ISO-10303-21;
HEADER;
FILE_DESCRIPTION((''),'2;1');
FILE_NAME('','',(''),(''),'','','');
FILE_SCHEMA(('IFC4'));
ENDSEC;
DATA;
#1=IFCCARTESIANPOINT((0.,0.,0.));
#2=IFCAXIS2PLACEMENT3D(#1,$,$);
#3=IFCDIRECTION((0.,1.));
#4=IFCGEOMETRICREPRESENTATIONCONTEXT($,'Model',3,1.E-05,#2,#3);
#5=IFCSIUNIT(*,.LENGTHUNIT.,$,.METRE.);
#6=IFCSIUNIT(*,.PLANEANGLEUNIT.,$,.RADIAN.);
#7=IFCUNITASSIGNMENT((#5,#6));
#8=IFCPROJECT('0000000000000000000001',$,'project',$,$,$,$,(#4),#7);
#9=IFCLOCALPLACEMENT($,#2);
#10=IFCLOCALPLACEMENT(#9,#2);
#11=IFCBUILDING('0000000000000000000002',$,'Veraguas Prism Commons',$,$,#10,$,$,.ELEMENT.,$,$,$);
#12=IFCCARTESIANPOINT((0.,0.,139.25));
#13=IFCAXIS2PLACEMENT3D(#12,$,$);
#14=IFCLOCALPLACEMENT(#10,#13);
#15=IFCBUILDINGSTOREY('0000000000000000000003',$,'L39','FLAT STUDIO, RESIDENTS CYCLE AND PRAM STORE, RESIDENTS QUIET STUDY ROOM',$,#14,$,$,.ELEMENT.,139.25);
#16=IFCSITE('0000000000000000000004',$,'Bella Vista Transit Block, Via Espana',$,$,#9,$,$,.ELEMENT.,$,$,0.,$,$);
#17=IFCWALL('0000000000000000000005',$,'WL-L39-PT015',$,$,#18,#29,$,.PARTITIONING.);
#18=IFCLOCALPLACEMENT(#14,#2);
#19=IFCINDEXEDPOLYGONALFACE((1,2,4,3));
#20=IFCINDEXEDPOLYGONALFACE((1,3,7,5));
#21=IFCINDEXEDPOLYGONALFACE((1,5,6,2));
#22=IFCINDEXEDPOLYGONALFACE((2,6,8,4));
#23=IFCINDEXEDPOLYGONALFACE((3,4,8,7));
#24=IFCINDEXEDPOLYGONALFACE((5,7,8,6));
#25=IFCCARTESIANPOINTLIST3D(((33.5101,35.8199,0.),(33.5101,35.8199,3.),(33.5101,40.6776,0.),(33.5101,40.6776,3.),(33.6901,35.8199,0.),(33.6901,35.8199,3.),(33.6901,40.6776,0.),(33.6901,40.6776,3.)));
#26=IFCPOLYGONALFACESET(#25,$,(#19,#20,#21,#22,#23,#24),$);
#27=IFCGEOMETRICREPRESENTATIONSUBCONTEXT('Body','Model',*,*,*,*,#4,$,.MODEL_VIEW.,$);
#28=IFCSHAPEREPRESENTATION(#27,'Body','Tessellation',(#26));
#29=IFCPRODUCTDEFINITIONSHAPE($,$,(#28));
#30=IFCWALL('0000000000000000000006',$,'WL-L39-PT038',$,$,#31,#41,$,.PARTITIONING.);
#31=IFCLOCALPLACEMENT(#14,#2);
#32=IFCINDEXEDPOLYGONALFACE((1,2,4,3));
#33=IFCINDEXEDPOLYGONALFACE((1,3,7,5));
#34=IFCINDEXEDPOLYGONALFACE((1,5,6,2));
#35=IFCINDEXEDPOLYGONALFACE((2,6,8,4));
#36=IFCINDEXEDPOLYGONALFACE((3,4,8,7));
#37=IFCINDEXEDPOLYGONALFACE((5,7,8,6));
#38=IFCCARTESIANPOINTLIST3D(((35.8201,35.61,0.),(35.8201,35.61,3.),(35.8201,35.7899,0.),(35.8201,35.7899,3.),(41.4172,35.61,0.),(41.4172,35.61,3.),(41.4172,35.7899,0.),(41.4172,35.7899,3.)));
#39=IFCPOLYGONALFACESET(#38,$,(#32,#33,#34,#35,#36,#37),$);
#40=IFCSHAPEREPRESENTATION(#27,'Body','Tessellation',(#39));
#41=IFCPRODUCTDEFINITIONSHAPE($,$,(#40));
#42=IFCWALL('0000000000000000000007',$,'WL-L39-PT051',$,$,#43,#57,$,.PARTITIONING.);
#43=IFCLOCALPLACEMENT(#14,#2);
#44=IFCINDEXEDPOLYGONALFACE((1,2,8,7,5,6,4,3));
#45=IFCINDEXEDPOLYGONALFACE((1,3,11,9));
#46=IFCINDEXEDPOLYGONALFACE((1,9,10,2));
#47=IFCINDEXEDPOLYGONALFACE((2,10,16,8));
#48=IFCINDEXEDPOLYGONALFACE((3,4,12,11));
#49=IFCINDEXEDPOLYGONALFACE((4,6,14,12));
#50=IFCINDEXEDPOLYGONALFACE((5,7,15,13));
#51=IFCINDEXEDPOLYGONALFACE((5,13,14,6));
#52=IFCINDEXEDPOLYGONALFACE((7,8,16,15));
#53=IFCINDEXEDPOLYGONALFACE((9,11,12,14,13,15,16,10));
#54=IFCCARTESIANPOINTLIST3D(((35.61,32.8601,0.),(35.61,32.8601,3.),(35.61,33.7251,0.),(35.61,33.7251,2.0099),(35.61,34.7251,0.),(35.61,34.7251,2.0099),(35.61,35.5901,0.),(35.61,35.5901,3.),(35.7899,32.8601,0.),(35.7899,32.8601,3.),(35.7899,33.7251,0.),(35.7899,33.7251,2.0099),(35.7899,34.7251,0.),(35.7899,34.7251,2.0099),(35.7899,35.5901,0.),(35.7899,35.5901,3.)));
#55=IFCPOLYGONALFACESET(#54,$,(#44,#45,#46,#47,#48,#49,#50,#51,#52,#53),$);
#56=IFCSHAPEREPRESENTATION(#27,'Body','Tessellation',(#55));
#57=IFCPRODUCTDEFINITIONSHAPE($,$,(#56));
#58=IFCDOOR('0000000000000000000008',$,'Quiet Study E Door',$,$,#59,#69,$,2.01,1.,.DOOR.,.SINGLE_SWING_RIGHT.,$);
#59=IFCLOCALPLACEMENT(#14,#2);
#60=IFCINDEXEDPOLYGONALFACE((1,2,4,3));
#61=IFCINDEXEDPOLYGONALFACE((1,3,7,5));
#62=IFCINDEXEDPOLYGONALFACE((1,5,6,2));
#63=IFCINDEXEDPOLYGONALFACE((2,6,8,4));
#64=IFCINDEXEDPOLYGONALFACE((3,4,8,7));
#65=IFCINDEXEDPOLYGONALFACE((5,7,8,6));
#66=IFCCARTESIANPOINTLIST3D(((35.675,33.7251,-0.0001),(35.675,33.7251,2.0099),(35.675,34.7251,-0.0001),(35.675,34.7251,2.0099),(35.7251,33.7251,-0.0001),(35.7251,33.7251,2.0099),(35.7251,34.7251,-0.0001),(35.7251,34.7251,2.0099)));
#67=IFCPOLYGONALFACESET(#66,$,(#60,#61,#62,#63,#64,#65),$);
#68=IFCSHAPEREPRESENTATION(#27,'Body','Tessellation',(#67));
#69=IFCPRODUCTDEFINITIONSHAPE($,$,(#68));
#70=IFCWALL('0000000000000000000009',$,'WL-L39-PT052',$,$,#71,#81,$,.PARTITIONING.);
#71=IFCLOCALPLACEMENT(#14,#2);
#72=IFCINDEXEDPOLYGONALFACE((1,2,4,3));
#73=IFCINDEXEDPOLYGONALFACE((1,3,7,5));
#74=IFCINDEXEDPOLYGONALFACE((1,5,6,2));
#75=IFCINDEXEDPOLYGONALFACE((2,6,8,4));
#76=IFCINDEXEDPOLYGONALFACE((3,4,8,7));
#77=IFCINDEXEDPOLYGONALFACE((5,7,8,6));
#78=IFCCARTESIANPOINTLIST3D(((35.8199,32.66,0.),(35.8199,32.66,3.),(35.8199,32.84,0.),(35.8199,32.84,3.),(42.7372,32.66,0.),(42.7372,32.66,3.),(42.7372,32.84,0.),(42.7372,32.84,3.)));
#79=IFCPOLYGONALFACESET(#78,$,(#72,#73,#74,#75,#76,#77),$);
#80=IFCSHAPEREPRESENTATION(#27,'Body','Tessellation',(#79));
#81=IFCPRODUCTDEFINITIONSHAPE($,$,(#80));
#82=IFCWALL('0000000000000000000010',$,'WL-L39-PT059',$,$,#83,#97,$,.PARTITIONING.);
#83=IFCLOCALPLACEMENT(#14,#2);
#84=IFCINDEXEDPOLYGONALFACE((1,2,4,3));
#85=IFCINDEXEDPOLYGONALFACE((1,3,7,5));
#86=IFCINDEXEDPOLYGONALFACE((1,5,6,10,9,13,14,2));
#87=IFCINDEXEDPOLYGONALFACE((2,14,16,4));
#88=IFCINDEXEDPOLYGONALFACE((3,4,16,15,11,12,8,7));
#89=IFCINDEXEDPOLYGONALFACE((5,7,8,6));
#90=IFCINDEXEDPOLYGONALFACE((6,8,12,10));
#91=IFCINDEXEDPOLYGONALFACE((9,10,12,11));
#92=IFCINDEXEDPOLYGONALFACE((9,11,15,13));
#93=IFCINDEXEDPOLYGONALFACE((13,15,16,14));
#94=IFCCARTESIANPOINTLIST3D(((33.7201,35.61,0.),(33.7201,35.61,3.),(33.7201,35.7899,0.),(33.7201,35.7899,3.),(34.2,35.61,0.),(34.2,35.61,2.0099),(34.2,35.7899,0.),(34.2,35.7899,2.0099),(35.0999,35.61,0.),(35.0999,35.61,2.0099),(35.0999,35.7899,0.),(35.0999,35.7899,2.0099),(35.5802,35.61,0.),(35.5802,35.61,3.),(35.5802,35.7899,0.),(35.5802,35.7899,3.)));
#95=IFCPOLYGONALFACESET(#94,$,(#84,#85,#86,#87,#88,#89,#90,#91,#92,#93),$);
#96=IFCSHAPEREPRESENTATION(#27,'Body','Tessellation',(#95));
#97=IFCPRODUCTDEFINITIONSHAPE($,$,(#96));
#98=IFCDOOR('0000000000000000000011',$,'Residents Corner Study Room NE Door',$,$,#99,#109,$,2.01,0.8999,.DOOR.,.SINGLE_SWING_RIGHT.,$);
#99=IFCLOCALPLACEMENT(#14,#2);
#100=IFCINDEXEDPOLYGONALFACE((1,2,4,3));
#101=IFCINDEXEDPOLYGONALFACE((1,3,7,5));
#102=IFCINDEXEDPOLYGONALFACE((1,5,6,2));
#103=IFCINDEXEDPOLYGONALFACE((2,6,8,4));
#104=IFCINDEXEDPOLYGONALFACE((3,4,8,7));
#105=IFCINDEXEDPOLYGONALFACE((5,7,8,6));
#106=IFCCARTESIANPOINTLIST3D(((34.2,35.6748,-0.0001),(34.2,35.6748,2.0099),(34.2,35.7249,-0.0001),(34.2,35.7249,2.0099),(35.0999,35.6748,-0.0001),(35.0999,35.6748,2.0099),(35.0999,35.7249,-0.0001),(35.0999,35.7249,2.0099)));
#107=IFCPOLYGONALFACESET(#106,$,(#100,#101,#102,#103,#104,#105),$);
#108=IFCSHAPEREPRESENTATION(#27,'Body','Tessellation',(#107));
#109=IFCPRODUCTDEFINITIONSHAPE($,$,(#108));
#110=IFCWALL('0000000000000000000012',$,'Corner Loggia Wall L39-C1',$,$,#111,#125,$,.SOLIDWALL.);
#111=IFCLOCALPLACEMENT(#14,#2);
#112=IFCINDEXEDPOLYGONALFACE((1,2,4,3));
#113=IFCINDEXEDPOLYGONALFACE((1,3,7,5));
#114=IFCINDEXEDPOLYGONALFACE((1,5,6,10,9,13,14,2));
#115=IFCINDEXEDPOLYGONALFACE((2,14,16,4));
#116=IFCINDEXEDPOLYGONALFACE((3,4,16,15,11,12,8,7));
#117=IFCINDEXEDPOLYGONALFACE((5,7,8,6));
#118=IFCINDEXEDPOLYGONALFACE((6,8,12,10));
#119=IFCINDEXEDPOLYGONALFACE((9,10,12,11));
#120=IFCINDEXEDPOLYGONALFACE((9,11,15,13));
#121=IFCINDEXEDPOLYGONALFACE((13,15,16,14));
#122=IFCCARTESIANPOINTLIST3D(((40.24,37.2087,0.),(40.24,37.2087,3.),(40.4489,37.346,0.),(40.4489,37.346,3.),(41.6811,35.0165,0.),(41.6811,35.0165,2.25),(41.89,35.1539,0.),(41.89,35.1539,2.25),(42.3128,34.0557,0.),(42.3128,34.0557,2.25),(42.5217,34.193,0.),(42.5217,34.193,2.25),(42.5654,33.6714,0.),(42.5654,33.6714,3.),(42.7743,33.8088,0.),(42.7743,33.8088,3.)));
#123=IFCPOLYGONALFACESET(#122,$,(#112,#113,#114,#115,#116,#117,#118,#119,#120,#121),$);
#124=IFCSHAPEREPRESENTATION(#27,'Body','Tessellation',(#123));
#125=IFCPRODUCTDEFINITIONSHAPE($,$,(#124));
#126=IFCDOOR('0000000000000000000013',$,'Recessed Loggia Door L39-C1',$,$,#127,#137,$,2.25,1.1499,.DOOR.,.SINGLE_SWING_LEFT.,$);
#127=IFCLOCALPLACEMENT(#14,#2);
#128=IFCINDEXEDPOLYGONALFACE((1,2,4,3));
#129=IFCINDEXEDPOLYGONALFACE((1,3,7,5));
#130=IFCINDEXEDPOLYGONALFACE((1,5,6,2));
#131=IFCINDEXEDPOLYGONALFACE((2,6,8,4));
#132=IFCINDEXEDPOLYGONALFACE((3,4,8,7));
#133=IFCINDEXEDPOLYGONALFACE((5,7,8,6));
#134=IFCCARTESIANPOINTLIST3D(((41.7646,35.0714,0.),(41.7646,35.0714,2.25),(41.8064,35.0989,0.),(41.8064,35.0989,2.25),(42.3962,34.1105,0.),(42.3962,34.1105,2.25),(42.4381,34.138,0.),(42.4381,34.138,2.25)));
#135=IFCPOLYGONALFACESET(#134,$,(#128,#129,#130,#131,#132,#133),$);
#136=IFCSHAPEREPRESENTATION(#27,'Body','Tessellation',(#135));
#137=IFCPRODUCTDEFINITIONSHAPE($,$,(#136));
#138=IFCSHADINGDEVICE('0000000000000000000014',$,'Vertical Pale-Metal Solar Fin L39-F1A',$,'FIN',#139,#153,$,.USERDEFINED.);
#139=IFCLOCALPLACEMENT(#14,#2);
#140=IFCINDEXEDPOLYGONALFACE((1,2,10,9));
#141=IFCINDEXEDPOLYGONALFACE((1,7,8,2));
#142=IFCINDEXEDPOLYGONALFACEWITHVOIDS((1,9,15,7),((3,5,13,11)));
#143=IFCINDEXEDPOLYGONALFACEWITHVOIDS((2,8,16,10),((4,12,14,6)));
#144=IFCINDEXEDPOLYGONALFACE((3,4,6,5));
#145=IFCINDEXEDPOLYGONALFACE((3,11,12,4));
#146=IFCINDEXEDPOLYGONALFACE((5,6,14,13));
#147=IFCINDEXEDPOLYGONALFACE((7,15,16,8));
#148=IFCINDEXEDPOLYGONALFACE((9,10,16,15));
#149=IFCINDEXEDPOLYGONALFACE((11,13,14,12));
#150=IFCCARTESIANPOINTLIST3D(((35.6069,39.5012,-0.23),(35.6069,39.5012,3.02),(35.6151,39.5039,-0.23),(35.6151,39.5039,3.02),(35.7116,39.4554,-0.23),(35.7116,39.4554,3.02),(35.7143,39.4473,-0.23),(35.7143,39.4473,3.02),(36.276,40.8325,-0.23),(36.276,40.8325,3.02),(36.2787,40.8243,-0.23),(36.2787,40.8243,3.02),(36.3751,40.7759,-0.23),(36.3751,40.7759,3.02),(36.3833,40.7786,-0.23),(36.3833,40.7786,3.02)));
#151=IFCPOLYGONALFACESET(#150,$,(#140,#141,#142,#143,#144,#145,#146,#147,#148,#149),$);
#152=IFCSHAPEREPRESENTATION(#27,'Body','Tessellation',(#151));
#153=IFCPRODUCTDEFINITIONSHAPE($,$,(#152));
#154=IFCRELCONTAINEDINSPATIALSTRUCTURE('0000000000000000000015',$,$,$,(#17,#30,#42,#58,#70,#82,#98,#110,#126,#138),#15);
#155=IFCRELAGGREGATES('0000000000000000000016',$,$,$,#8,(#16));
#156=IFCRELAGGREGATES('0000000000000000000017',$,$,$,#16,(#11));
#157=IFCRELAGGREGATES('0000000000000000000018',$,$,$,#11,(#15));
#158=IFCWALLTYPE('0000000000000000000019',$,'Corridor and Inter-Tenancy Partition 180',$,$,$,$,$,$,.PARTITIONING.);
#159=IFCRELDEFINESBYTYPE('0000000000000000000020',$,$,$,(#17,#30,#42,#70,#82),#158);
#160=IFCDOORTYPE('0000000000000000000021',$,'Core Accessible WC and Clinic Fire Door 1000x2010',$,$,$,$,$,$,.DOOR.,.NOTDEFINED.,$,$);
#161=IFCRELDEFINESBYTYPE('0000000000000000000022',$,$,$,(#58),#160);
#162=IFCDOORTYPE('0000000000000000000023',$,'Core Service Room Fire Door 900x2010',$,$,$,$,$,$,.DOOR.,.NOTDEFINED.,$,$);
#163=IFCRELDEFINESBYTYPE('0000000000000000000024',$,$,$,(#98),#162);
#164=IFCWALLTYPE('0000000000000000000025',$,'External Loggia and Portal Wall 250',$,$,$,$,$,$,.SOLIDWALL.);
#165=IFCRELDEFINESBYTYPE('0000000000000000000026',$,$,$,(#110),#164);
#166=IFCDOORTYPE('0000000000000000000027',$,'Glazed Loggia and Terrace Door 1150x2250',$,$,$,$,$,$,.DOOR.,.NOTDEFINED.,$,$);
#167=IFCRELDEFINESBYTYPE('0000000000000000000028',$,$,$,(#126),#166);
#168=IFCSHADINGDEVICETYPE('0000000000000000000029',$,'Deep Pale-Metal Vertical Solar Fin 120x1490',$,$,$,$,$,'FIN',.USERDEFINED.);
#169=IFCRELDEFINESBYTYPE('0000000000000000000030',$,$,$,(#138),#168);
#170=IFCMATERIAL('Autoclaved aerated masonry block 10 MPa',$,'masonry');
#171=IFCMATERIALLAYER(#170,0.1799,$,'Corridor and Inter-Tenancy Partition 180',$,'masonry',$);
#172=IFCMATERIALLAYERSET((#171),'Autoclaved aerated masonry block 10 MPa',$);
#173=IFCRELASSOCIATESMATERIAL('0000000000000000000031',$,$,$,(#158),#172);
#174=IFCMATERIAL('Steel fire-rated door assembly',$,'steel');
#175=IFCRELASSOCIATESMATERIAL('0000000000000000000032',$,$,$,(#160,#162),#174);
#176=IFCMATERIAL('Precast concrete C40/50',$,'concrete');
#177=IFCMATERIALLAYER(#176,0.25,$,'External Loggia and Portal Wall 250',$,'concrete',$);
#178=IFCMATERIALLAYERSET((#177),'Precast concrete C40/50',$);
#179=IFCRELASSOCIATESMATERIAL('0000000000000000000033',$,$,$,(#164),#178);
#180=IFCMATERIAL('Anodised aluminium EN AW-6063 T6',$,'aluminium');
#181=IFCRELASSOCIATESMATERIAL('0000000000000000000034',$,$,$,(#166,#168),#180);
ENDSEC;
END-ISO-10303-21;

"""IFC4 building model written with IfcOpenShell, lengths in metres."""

from ifc_helpers import new_model, si_unit, direction, frame, frame_2d, origin, origin_2d, place, context, subcontext, project, spatial, rectangle, hollow_rectangle, extrude, source, transform, mapped, material, layer, layer_set, material_profile, profile_set, type_object, element, fill, save


model = new_model("IFC4")

# Units and contexts
model_context = context("Model", 3, precision=1e-05, world=origin(), true_north=direction((0.0, 1.0)))
body_context = subcontext(model_context, "Body", "Model", "MODEL_VIEW")
ifc_project = project(units=[si_unit("LENGTHUNIT", "METRE"), si_unit("PLANEANGLEUNIT", "RADIAN")], contexts=[model_context])

# Site, building, storey
site_placement = place(None, origin())
site = spatial("IfcSite", under=ifc_project, at=site_placement, Name="Bella Vista Transit Block, Via Espana", CompositionType="ELEMENT", RefElevation=0.0)
building_placement = place(site_placement, origin())
building = spatial("IfcBuilding", under=site, at=building_placement, Name="Veraguas Prism Commons", CompositionType="ELEMENT")
storey_placement = place(building_placement, frame((0.0, 0.0, 139.25)))
storey = spatial("IfcBuildingStorey", under=building, at=storey_placement, Name="L39", Description="FLAT STUDIO, RESIDENTS CYCLE AND PRAM STORE, RESIDENTS QUIET STUDY ROOM", CompositionType="ELEMENT", Elevation=139.25)

# Shared definitions
ifc_material_1 = material(Name="Anodised aluminium EN AW-6063 T6", Category="aluminium")

# Walls
ifc_material_2 = material(Name="Autoclaved aerated masonry block 10 MPa", Category="masonry")
ifc_layer_1 = layer(ifc_material_2, 0.1799, Name="Corridor and Inter-Tenancy Partition 180", Category="masonry")
ifc_layer_set_1 = layer_set([ifc_layer_1], Name="Autoclaved aerated masonry block 10 MPa")
wall_type_1 = type_object("IfcWallType", Name="Corridor and Inter-Tenancy Partition 180", PredefinedType="PARTITIONING", material=ifc_layer_set_1)
wall_1_placement = place(storey_placement, frame((33.6001, 35.8201, 0.0), z_axis=(0.0, 0.0, 1.0), x_axis=(0.0, 1.0, 0.0)))
element("IfcWall", 1, at=wall_1_placement, inside=storey, type_object=wall_type_1, Name="WL-L39-PT015", PredefinedType="PARTITIONING", context=body_context, shape_type="SweptSolid", body=[
    extrude(rectangle(XDim=4.8577, YDim=0.1799, at=frame_2d((2.4287, 0.0))), origin(), (0.0, 0.0, 1.0), 3.0),
])
wall_2_placement = place(storey_placement, frame((35.8201, 35.7, 0.0), z_axis=(0.0, 0.0, 1.0), x_axis=(1.0, 0.0, 0.0)))
element("IfcWall", 2, at=wall_2_placement, inside=storey, type_object=wall_type_1, Name="WL-L39-PT038", PredefinedType="PARTITIONING", context=body_context, shape_type="SweptSolid", body=[
    extrude(rectangle(XDim=5.5972, YDim=0.1799, at=frame_2d((2.7986, 0.0))), origin(), (0.0, 0.0, 1.0), 3.0),
])

# Wall, opening, door
wall_3_placement = place(storey_placement, frame((35.7, 32.8601, 0.0), z_axis=(0.0, 0.0, 1.0), x_axis=(0.0, 1.0, 0.0)))
wall_3 = element("IfcWall", 3, at=wall_3_placement, inside=storey, type_object=wall_type_1, Name="WL-L39-PT051", PredefinedType="PARTITIONING", context=body_context, shape_type="SweptSolid", body=[
    extrude(rectangle(XDim=2.73, YDim=0.1799, at=frame_2d((1.365, 0.0))), origin(), (0.0, 0.0, 1.0), 3.0),
])
opening_1_placement = place(wall_3_placement, frame((0.865, 0.0, 0.0)))
opening_1 = element("IfcOpeningElement", 4, at=opening_1_placement, cuts=wall_3, PredefinedType="OPENING", context=body_context, shape_type="SweptSolid", body=[
    extrude(rectangle(XDim=1.0, YDim=2.01, at=frame_2d((0.5, 1.0049))), frame((0.0, 0.0999, 0.0), z_axis=(0.0, -1.0, 0.0), x_axis=(1.0, 0.0, 0.0)), (0.0, 0.0, 1.0), 0.2),
])
ifc_material_3 = material(Name="Steel fire-rated door assembly", Category="steel")
door_type_1 = type_object("IfcDoorType", Name="Core Accessible WC and Clinic Fire Door 1000x2010", OperationType="NOTDEFINED", PredefinedType="DOOR", material=ifc_material_3)
shared_shape_1 = source(origin(), body_context, "Body", "SweptSolid", [
    extrude(rectangle(XDim=1.0, YDim=2.01, at=frame_2d((0.5, 1.0049))), frame((0.0, 0.0249, 0.0), z_axis=(0.0, -1.0, 0.0), x_axis=(1.0, 0.0, 0.0)), (0.0, 0.0, 1.0), 0.05),
])
door_1_placement = place(opening_1_placement, origin())
door_1 = element("IfcDoor", 5, at=door_1_placement, inside=storey, type_object=door_type_1, Name="Quiet Study E Door", OperationType="SINGLE_SWING_RIGHT", OverallHeight=2.01, OverallWidth=1.0, PredefinedType="DOOR", context=body_context, shape_type="MappedRepresentation", body=[
    mapped(shared_shape_1, transform((0.0, 0.0, 0.0), scale=1.0)),
])
fill(opening_1, door_1)

# Wall
wall_4_placement = place(storey_placement, frame((35.8201, 32.75, 0.0), z_axis=(0.0, 0.0, 1.0), x_axis=(1.0, 0.0, 0.0)))
element("IfcWall", 6, at=wall_4_placement, inside=storey, type_object=wall_type_1, Name="WL-L39-PT052", PredefinedType="PARTITIONING", context=body_context, shape_type="SweptSolid", body=[
    extrude(rectangle(XDim=6.9172, YDim=0.1799, at=frame_2d((3.4585, 0.0))), origin(), (0.0, 0.0, 1.0), 3.0),
])

# Walls, openings, doors
wall_5_placement = place(storey_placement, frame((33.72, 35.7, 0.0), z_axis=(0.0, 0.0, 1.0), x_axis=(1.0, 0.0, 0.0)))
wall_5 = element("IfcWall", 7, at=wall_5_placement, inside=storey, type_object=wall_type_1, Name="WL-L39-PT059", PredefinedType="PARTITIONING", context=body_context, shape_type="SweptSolid", body=[
    extrude(rectangle(XDim=1.8601, YDim=0.1799, at=frame_2d((0.9302, 0.0))), origin(), (0.0, 0.0, 1.0), 3.0),
])
opening_2_placement = place(wall_5_placement, frame((0.48, 0.0, 0.0)))
opening_2 = element("IfcOpeningElement", 8, at=opening_2_placement, cuts=wall_5, PredefinedType="OPENING", context=body_context, shape_type="SweptSolid", body=[
    extrude(rectangle(XDim=0.8999, YDim=2.01, at=frame_2d((0.45, 1.0049))), frame((0.0, 0.0999, 0.0), z_axis=(0.0, -1.0, 0.0), x_axis=(1.0, 0.0, 0.0)), (0.0, 0.0, 1.0), 0.2),
])
door_type_2 = type_object("IfcDoorType", Name="Core Service Room Fire Door 900x2010", OperationType="NOTDEFINED", PredefinedType="DOOR", material=ifc_material_3)
shared_shape_2 = source(origin(), body_context, "Body", "SweptSolid", [
    extrude(rectangle(XDim=0.8999, YDim=2.01, at=frame_2d((0.45, 1.0049))), frame((0.0, 0.0249, 0.0), z_axis=(0.0, -1.0, 0.0), x_axis=(1.0, 0.0, 0.0)), (0.0, 0.0, 1.0), 0.05),
])
door_2_placement = place(opening_2_placement, origin())
door_2 = element("IfcDoor", 9, at=door_2_placement, inside=storey, type_object=door_type_2, Name="Residents Corner Study Room NE Door", OperationType="SINGLE_SWING_RIGHT", OverallHeight=2.01, OverallWidth=0.8999, PredefinedType="DOOR", context=body_context, shape_type="MappedRepresentation", body=[
    mapped(shared_shape_2, transform((0.0, 0.0, 0.0), scale=1.0)),
])
fill(opening_2, door_2)
ifc_material_4 = material(Name="Precast concrete C40/50", Category="concrete")
ifc_layer_2 = layer(ifc_material_4, 0.25, Name="External Loggia and Portal Wall 250", Category="concrete")
ifc_layer_set_2 = layer_set([ifc_layer_2], Name="Precast concrete C40/50")
wall_type_2 = type_object("IfcWallType", Name="External Loggia and Portal Wall 250", PredefinedType="SOLIDWALL", material=ifc_layer_set_2)
wall_6_placement = place(storey_placement, frame((42.6699, 33.74, 0.0), z_axis=(0.0, 0.0, 1.0), x_axis=(-0.549325, 0.835609, 0.0)))
wall_6 = element("IfcWall", 10, at=wall_6_placement, inside=storey, type_object=wall_type_2, Name="Corner Loggia Wall L39-C1", PredefinedType="SOLIDWALL", context=body_context, shape_type="SweptSolid", body=[
    extrude(rectangle(XDim=4.2332, YDim=0.25, at=frame_2d((2.1167, 0.0))), origin(), (0.0, 0.0, 1.0), 3.0),
])
opening_3_placement = place(wall_6_placement, frame((0.46, 0.0, 0.0)))
opening_3 = element("IfcOpeningElement", 11, at=opening_3_placement, cuts=wall_6, PredefinedType="OPENING", context=body_context, shape_type="SweptSolid", body=[
    extrude(rectangle(XDim=1.1499, YDim=2.25, at=frame_2d((0.575, 1.125))), frame((0.0, 0.135, 0.0), z_axis=(0.0, -1.0, 0.0), x_axis=(1.0, 0.0, 0.0)), (0.0, 0.0, 1.0), 0.27),
])
door_type_3 = type_object("IfcDoorType", Name="Glazed Loggia and Terrace Door 1150x2250", OperationType="NOTDEFINED", PredefinedType="DOOR", material=ifc_material_1)
shared_shape_3 = source(origin(), body_context, "Body", "SweptSolid", [
    extrude(rectangle(XDim=1.1499, YDim=2.25, at=frame_2d((0.575, 1.125))), frame((0.0, 0.0249, 0.0), z_axis=(0.0, -1.0, 0.0), x_axis=(1.0, 0.0, 0.0)), (0.0, 0.0, 1.0), 0.05),
])
door_3_placement = place(opening_3_placement, frame((1.1499, 0.0, 0.0), z_axis=(0.0, 0.0, 1.0), x_axis=(-1.0, 0.0, 0.0)))
door_3 = element("IfcDoor", 12, at=door_3_placement, inside=storey, type_object=door_type_3, Name="Recessed Loggia Door L39-C1", OperationType="SINGLE_SWING_LEFT", OverallHeight=2.25, OverallWidth=1.1499, PredefinedType="DOOR", context=body_context, shape_type="MappedRepresentation", body=[
    mapped(shared_shape_3, transform((0.0, 0.0, 0.0), scale=1.0)),
])
fill(opening_3, door_3)

# Shading device
ifc_material_profile_1 = material_profile(ifc_material_1, hollow_rectangle(XDim=0.1201, YDim=1.49, WallThickness=0.0061, at=origin_2d()), Name="FIN120X1490X6")
ifc_profile_set_1 = profile_set([ifc_material_profile_1], Name="Anodised aluminium EN AW-6063 T6")
shading_device_type = type_object("IfcShadingDeviceType", Name="Deep Pale-Metal Vertical Solar Fin 120x1490", ElementType="FIN", PredefinedType="USERDEFINED", material=ifc_profile_set_1)
shading_device_placement = place(storey_placement, frame((35.9951, 40.1399, -0.23), z_axis=(0.0, 0.0, 1.0), x_axis=(-0.893527, 0.449009, 0.0)))
element("IfcShadingDevice", 13, at=shading_device_placement, inside=storey, type_object=shading_device_type, Name="Vertical Pale-Metal Solar Fin L39-F1A", ObjectType="FIN", PredefinedType="USERDEFINED", context=body_context, shape_type="SweptSolid", body=[
    extrude(hollow_rectangle(XDim=0.1201, YDim=1.49, WallThickness=0.0061, at=origin_2d()), origin(), (0.0, 0.0, 1.0), 3.25),
])

save(model, "model.ifc")
